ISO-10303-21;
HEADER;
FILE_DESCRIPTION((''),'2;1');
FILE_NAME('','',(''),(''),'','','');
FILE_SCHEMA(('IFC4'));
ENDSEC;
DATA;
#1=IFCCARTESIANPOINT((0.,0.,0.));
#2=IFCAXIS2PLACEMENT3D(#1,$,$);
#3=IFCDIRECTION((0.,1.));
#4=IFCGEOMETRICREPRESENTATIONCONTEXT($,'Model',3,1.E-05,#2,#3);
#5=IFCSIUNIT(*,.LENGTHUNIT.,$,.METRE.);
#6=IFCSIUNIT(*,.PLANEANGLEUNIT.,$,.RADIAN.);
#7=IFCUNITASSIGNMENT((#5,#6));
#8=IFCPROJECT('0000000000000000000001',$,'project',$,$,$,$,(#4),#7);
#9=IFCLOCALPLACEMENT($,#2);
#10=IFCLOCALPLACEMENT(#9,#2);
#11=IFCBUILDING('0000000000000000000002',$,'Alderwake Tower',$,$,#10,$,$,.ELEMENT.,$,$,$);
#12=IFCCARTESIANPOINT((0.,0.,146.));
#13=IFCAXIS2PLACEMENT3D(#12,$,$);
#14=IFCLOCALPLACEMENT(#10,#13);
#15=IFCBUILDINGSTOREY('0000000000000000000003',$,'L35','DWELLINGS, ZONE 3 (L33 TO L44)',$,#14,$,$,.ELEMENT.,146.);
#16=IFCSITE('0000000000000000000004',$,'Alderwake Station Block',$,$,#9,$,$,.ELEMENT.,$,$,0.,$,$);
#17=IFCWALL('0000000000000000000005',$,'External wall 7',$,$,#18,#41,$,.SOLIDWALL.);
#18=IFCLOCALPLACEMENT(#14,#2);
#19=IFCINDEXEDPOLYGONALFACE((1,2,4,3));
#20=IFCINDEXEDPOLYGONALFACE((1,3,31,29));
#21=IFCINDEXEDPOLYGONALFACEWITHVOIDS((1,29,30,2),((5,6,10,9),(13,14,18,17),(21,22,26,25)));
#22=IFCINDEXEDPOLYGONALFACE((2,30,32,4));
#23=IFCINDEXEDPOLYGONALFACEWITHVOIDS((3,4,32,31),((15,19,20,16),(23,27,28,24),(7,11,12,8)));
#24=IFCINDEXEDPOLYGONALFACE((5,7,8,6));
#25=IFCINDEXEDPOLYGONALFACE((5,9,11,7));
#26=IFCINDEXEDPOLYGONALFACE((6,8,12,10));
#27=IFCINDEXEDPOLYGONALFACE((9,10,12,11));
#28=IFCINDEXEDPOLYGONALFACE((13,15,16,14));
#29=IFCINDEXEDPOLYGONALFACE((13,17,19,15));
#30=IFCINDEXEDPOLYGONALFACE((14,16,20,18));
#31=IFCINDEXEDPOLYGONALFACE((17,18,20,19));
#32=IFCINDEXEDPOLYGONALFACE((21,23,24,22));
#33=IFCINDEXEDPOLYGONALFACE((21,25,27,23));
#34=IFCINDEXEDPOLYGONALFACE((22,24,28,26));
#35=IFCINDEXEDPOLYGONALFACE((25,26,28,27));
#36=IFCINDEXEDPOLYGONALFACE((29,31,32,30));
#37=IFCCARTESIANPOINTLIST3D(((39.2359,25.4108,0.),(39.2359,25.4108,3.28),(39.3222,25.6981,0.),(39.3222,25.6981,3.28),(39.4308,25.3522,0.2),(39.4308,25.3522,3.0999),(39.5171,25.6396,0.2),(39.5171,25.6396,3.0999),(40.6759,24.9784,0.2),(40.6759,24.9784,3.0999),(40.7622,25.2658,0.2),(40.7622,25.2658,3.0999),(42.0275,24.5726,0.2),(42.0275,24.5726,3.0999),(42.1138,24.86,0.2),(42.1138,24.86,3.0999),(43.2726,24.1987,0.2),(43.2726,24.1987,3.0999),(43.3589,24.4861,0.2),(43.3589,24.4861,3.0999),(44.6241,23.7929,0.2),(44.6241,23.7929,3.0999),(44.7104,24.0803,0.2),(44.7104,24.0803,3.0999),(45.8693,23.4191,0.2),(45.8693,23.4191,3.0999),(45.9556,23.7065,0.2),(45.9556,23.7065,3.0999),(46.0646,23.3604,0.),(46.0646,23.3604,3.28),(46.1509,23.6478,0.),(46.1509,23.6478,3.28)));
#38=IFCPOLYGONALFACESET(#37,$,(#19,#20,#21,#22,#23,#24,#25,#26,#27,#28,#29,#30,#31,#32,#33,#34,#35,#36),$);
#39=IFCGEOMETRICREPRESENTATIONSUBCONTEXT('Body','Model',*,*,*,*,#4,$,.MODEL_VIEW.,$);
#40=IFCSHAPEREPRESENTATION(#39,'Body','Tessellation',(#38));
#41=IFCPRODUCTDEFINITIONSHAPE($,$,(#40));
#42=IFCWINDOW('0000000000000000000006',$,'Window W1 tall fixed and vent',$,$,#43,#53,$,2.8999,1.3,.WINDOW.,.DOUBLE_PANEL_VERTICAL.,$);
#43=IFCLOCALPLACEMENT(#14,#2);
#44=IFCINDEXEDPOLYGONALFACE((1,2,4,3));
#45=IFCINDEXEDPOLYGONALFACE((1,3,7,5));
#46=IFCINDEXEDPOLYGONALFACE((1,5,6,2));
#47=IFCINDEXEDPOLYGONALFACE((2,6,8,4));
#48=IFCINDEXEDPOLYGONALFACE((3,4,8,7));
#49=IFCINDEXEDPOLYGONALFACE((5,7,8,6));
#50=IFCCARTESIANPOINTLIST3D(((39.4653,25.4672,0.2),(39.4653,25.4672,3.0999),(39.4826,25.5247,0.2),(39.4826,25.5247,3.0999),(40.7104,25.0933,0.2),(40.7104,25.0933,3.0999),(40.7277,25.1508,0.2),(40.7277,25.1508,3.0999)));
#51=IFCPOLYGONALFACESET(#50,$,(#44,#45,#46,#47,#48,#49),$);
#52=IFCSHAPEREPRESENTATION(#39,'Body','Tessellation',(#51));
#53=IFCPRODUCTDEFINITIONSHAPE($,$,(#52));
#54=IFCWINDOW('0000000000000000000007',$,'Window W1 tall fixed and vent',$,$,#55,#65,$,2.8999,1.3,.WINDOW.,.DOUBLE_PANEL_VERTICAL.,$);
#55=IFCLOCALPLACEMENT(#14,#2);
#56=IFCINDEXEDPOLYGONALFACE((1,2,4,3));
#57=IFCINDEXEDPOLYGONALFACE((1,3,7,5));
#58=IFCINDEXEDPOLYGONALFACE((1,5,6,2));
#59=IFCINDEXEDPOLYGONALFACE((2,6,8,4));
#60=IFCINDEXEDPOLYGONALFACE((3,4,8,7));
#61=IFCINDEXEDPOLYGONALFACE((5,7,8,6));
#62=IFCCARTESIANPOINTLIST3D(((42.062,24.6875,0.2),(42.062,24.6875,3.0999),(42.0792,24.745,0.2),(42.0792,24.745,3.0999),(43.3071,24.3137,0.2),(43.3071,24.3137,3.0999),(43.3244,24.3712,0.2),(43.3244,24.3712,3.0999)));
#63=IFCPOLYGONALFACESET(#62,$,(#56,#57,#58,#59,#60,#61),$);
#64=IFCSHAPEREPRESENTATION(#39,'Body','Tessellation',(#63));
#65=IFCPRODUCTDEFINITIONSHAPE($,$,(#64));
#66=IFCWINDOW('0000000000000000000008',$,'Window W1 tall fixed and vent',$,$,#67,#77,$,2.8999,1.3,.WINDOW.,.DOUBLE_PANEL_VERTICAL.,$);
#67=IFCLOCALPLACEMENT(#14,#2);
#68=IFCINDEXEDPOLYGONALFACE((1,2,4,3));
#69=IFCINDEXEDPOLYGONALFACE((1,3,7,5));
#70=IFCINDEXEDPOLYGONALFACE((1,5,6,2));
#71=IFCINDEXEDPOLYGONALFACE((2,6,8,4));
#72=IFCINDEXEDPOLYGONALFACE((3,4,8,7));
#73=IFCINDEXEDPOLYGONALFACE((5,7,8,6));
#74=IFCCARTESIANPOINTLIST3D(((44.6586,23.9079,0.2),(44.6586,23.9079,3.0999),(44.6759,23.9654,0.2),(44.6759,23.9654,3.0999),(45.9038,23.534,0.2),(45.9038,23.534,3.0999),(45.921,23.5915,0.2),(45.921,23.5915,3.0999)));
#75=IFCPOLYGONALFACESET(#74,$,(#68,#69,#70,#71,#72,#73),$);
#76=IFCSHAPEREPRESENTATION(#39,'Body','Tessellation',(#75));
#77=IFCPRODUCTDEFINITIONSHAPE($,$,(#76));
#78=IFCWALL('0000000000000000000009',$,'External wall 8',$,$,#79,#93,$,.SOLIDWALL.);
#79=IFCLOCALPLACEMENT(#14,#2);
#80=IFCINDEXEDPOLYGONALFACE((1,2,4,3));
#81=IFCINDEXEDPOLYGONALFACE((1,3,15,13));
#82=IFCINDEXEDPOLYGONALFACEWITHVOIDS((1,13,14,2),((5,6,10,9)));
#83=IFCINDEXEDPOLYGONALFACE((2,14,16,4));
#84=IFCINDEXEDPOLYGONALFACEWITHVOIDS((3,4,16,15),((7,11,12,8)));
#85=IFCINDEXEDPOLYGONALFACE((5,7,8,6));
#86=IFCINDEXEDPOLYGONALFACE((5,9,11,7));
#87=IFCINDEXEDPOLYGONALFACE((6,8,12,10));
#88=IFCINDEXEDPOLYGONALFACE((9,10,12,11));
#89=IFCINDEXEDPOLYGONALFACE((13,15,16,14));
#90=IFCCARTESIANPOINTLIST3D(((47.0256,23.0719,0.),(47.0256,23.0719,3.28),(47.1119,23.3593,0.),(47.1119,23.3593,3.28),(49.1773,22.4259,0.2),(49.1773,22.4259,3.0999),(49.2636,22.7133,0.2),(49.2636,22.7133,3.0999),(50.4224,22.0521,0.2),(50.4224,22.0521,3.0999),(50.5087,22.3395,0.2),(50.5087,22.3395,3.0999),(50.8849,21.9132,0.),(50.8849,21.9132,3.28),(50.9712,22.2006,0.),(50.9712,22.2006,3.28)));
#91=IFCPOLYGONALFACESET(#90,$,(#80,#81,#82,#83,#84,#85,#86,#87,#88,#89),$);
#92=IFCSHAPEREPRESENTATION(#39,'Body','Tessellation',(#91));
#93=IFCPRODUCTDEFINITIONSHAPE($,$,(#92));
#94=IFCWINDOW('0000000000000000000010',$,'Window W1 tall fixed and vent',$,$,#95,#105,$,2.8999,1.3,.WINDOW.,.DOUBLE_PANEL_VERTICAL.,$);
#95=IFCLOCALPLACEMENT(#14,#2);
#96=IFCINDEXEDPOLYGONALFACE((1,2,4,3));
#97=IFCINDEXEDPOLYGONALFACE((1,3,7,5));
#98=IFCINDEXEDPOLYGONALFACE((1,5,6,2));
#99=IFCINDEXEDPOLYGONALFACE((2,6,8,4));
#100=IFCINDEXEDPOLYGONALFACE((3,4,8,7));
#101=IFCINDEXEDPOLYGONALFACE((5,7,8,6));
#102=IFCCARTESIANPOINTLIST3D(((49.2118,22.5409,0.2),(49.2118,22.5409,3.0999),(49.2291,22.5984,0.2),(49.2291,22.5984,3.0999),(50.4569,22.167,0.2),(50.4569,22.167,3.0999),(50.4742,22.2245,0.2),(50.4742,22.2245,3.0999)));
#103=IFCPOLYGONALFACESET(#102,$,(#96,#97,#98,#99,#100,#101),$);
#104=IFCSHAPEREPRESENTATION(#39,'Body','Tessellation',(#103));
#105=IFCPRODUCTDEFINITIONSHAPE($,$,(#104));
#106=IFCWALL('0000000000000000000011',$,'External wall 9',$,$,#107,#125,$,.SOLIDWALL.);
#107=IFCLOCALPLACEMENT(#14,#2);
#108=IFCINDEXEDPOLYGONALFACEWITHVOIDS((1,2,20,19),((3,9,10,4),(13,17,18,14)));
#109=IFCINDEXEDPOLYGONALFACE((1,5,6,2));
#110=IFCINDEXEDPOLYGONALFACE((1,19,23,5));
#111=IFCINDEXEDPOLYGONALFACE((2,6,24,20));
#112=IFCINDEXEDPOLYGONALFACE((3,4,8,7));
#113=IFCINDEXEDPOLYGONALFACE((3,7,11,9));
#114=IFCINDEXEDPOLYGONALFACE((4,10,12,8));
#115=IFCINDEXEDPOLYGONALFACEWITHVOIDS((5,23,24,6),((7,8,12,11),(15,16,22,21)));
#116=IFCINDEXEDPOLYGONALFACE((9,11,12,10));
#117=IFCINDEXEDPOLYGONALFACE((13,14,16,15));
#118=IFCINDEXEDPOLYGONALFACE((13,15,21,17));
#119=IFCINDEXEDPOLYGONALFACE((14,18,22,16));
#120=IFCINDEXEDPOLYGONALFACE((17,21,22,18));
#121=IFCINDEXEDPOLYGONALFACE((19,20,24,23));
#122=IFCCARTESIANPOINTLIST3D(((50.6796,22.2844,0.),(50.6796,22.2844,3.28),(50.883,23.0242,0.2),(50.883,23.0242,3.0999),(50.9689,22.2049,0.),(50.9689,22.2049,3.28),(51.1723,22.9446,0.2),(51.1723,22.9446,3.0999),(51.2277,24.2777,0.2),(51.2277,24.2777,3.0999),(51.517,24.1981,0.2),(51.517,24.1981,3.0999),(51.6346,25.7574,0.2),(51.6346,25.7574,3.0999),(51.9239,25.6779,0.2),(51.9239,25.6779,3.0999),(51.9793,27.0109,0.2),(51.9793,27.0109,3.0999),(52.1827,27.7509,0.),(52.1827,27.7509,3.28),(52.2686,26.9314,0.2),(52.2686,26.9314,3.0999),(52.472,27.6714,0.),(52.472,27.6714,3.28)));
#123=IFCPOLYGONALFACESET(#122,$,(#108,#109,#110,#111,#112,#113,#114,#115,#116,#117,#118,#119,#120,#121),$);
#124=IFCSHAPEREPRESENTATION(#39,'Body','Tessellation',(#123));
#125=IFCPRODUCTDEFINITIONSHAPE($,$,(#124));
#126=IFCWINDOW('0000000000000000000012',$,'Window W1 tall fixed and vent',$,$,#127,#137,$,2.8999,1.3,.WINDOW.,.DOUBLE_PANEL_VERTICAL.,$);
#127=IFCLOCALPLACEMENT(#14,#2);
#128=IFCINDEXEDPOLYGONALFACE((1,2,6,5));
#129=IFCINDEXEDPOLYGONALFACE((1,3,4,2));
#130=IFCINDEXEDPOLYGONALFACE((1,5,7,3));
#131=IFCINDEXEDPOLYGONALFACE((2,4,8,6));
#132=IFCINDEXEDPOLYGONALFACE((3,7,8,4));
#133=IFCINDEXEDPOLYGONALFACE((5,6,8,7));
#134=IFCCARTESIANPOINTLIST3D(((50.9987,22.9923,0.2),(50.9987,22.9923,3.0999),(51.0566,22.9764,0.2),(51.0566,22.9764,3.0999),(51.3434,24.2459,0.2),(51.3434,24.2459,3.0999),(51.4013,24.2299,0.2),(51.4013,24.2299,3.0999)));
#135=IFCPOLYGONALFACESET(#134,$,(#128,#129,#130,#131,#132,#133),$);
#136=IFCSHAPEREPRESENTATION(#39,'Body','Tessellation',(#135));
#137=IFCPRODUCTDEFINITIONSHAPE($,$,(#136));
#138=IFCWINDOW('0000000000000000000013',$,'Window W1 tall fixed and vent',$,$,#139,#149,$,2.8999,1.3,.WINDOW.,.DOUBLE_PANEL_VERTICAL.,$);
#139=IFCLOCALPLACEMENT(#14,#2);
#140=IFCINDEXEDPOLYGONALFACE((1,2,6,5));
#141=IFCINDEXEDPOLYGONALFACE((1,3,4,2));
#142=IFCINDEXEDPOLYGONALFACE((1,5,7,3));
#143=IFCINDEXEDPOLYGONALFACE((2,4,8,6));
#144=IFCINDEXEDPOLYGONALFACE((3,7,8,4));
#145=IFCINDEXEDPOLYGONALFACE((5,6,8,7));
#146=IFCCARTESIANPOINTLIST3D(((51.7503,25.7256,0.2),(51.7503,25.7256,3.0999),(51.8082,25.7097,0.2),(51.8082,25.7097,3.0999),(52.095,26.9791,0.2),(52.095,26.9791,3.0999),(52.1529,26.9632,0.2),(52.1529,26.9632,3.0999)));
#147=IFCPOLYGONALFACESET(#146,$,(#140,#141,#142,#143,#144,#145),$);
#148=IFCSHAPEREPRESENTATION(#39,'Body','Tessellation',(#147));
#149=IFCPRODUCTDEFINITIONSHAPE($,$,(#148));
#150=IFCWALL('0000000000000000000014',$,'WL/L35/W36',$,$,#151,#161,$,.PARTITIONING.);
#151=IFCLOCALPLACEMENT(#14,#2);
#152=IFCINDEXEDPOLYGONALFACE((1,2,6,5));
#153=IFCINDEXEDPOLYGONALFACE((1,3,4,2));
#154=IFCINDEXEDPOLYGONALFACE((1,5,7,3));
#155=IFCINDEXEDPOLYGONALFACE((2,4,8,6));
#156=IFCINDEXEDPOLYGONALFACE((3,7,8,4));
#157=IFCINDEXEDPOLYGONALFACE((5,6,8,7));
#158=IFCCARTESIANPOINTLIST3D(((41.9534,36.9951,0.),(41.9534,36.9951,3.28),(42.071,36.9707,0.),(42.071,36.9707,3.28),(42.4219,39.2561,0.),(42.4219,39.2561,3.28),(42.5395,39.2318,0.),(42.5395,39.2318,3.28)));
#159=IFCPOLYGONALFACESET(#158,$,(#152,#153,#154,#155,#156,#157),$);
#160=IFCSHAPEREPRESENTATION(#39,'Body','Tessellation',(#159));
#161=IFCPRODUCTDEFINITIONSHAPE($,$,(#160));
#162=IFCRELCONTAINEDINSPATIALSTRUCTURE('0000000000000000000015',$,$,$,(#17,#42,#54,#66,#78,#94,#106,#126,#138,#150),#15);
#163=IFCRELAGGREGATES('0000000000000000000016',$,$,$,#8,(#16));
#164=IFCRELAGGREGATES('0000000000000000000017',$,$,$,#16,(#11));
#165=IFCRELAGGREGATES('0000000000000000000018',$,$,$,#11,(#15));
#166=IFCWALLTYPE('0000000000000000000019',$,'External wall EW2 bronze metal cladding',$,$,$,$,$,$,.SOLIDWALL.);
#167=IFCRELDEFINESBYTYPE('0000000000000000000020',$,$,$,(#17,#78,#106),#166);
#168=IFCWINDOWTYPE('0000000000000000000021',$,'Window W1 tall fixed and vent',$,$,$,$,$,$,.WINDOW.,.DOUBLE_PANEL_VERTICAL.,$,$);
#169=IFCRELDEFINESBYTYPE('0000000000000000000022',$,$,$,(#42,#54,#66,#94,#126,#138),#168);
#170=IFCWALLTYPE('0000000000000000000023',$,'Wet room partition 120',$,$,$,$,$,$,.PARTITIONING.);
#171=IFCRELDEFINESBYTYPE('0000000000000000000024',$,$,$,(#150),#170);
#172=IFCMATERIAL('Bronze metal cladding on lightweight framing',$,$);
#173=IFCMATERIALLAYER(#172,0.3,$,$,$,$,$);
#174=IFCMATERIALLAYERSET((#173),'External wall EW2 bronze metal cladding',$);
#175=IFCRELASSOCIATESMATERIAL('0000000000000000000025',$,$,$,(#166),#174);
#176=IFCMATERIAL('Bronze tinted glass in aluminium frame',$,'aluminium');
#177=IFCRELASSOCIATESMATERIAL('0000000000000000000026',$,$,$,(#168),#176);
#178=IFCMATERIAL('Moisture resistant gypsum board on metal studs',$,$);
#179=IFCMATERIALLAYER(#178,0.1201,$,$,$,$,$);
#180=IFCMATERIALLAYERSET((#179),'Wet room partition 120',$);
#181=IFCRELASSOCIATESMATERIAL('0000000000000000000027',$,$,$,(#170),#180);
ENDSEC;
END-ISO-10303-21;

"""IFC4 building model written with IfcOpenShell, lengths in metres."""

from ifc_helpers import new_model, si_unit, direction, frame, frame_2d, origin, place, context, subcontext, project, spatial, rectangle, extrude, material, layer, layer_set, type_object, element, fill, save


model = new_model("IFC4")

# Units and contexts
model_context = context("Model", 3, precision=1e-05, world=origin(), true_north=direction((0.0, 1.0)))
body_context = subcontext(model_context, "Body", "Model", "MODEL_VIEW")
ifc_project = project(units=[si_unit("LENGTHUNIT", "METRE"), si_unit("PLANEANGLEUNIT", "RADIAN")], contexts=[model_context])

# Site, building, storey
site_placement = place(None, origin())
site = spatial("IfcSite", under=ifc_project, at=site_placement, Name="Alderwake Station Block", CompositionType="ELEMENT", RefElevation=0.0)
building_placement = place(site_placement, origin())
building = spatial("IfcBuilding", under=site, at=building_placement, Name="Alderwake Tower", CompositionType="ELEMENT")
storey_placement = place(building_placement, frame((0.0, 0.0, 146.0)))
storey = spatial("IfcBuildingStorey", under=building, at=storey_placement, Name="L35", Description="DWELLINGS, ZONE 3 (L33 TO L44)", CompositionType="ELEMENT", Elevation=146.0)

# Wall, openings, windows
ifc_material_1 = material(Name="Bronze metal cladding on lightweight framing")
ifc_layer_1 = layer(ifc_material_1, 0.3)
ifc_layer_set_1 = layer_set([ifc_layer_1], Name="External wall EW2 bronze metal cladding")
wall_type_1 = type_object("IfcWallType", Name="External wall EW2 bronze metal cladding", PredefinedType="SOLIDWALL", material=ifc_layer_set_1)
wall_1_placement = place(storey_placement, frame((39.2791, 25.5544, 0.0), z_axis=(0.0, 0.0, 1.0), x_axis=(0.95776, -0.287568, 0.0)))
wall_1 = element("IfcWall", 1, at=wall_1_placement, inside=storey, type_object=wall_type_1, Name="External wall 7", PredefinedType="SOLIDWALL", context=body_context, shape_type="SweptSolid", body=[
    extrude(rectangle(XDim=7.1299, YDim=0.3, at=frame_2d((3.5649, 0.0))), origin(), (0.0, 0.0, 1.0), 3.28),
])
opening_1_placement = place(wall_1_placement, frame((0.2036, 0.0, 0.2)))
opening_1 = element("IfcOpeningElement", 2, at=opening_1_placement, cuts=wall_1, PredefinedType="OPENING", context=body_context, shape_type="SweptSolid", body=[
    extrude(rectangle(XDim=1.3, YDim=2.8999, at=frame_2d((0.6499, 1.45))), frame((0.0, 0.1599, 0.0), z_axis=(0.0, -1.0, 0.0), x_axis=(1.0, 0.0, 0.0)), (0.0, 0.0, 1.0), 0.3201),
])
opening_2_placement = place(wall_1_placement, frame((2.9148, 0.0, 0.2)))
opening_2 = element("IfcOpeningElement", 3, at=opening_2_placement, cuts=wall_1, PredefinedType="OPENING", context=body_context, shape_type="SweptSolid", body=[
    extrude(rectangle(XDim=1.3, YDim=2.8999, at=frame_2d((0.6499, 1.45))), frame((0.0, 0.1599, 0.0), z_axis=(0.0, -1.0, 0.0), x_axis=(1.0, 0.0, 0.0)), (0.0, 0.0, 1.0), 0.3201),
])
opening_3_placement = place(wall_1_placement, frame((5.626, 0.0, 0.2)))
opening_3 = element("IfcOpeningElement", 4, at=opening_3_placement, cuts=wall_1, PredefinedType="OPENING", context=body_context, shape_type="SweptSolid", body=[
    extrude(rectangle(XDim=1.3, YDim=2.8999, at=frame_2d((0.6499, 1.45))), frame((0.0, 0.1599, 0.0), z_axis=(0.0, -1.0, 0.0), x_axis=(1.0, 0.0, 0.0)), (0.0, 0.0, 1.0), 0.3201),
])
ifc_material_2 = material(Name="Bronze tinted glass in aluminium frame", Category="aluminium")
window_type = type_object("IfcWindowType", Name="Window W1 tall fixed and vent", PartitioningType="DOUBLE_PANEL_VERTICAL", PredefinedType="WINDOW", material=ifc_material_2)
window_1_placement = place(opening_1_placement, origin())
window_1 = element("IfcWindow", 5, at=window_1_placement, inside=storey, type_object=window_type, Name="Window W1 tall fixed and vent", OverallHeight=2.8999, OverallWidth=1.3, PartitioningType="DOUBLE_PANEL_VERTICAL", PredefinedType="WINDOW", context=body_context, shape_type="SweptSolid", body=[
    extrude(rectangle(XDim=1.3, YDim=2.8999, at=frame_2d((0.6499, 1.45))), frame((0.0, 0.03, 0.0), z_axis=(0.0, -1.0, 0.0), x_axis=(1.0, 0.0, 0.0)), (0.0, 0.0, 1.0), 0.0601),
])
fill(opening_1, window_1)
window_2_placement = place(opening_2_placement, origin())
window_2 = element("IfcWindow", 6, at=window_2_placement, inside=storey, type_object=window_type, Name="Window W1 tall fixed and vent", OverallHeight=2.8999, OverallWidth=1.3, PartitioningType="DOUBLE_PANEL_VERTICAL", PredefinedType="WINDOW", context=body_context, shape_type="SweptSolid", body=[
    extrude(rectangle(XDim=1.3, YDim=2.8999, at=frame_2d((0.6499, 1.45))), frame((0.0, 0.03, 0.0), z_axis=(0.0, -1.0, 0.0), x_axis=(1.0, 0.0, 0.0)), (0.0, 0.0, 1.0), 0.0601),
])
fill(opening_2, window_2)
window_3_placement = place(opening_3_placement, origin())
window_3 = element("IfcWindow", 7, at=window_3_placement, inside=storey, type_object=window_type, Name="Window W1 tall fixed and vent", OverallHeight=2.8999, OverallWidth=1.3, PartitioningType="DOUBLE_PANEL_VERTICAL", PredefinedType="WINDOW", context=body_context, shape_type="SweptSolid", body=[
    extrude(rectangle(XDim=1.3, YDim=2.8999, at=frame_2d((0.6499, 1.45))), frame((0.0, 0.03, 0.0), z_axis=(0.0, -1.0, 0.0), x_axis=(1.0, 0.0, 0.0)), (0.0, 0.0, 1.0), 0.0601),
])
fill(opening_3, window_3)

# Wall, opening, window
wall_2_placement = place(storey_placement, frame((47.0688, 23.2156, 0.0), z_axis=(0.0, 0.0, 1.0), x_axis=(0.957766, -0.287548, 0.0)))
wall_2 = element("IfcWall", 8, at=wall_2_placement, inside=storey, type_object=wall_type_1, Name="External wall 8", PredefinedType="SOLIDWALL", context=body_context, shape_type="SweptSolid", body=[
    extrude(rectangle(XDim=4.0295, YDim=0.3, at=frame_2d((2.0146, 0.0))), origin(), (0.0, 0.0, 1.0), 3.28),
])
opening_4_placement = place(wall_2_placement, frame((2.2466, 0.0, 0.2)))
opening_4 = element("IfcOpeningElement", 9, at=opening_4_placement, cuts=wall_2, PredefinedType="OPENING", context=body_context, shape_type="SweptSolid", body=[
    extrude(rectangle(XDim=1.3, YDim=2.8999, at=frame_2d((0.6499, 1.45))), frame((0.0, 0.1599, 0.0), z_axis=(0.0, -1.0, 0.0), x_axis=(1.0, 0.0, 0.0)), (0.0, 0.0, 1.0), 0.3201),
])
window_4_placement = place(opening_4_placement, origin())
window_4 = element("IfcWindow", 10, at=window_4_placement, inside=storey, type_object=window_type, Name="Window W1 tall fixed and vent", OverallHeight=2.8999, OverallWidth=1.3, PartitioningType="DOUBLE_PANEL_VERTICAL", PredefinedType="WINDOW", context=body_context, shape_type="SweptSolid", body=[
    extrude(rectangle(XDim=1.3, YDim=2.8999, at=frame_2d((0.6499, 1.45))), frame((0.0, 0.03, 0.0), z_axis=(0.0, -1.0, 0.0), x_axis=(1.0, 0.0, 0.0)), (0.0, 0.0, 1.0), 0.0601),
])
fill(opening_4, window_4)

# Wall, openings, windows
wall_3_placement = place(storey_placement, frame((50.8242, 22.2446, 0.0), z_axis=(0.0, 0.0, 1.0), x_axis=(0.265135, 0.964211, 0.0)))
wall_3 = element("IfcWall", 11, at=wall_3_placement, inside=storey, type_object=wall_type_1, Name="External wall 9", PredefinedType="SOLIDWALL", context=body_context, shape_type="SweptSolid", body=[
    extrude(rectangle(XDim=5.6694, YDim=0.3, at=frame_2d((2.8347, 0.0))), origin(), (0.0, 0.0, 1.0), 3.28),
])
opening_5_placement = place(wall_3_placement, frame((0.7673, 0.0, 0.2)))
opening_5 = element("IfcOpeningElement", 12, at=opening_5_placement, cuts=wall_3, PredefinedType="OPENING", context=body_context, shape_type="SweptSolid", body=[
    extrude(rectangle(XDim=1.3, YDim=2.8999, at=frame_2d((0.6499, 1.45))), frame((0.0, 0.1599, 0.0), z_axis=(0.0, -1.0, 0.0), x_axis=(1.0, 0.0, 0.0)), (0.0, 0.0, 1.0), 0.3201),
])
opening_6_placement = place(wall_3_placement, frame((3.6021, 0.0, 0.2)))
opening_6 = element("IfcOpeningElement", 13, at=opening_6_placement, cuts=wall_3, PredefinedType="OPENING", context=body_context, shape_type="SweptSolid", body=[
    extrude(rectangle(XDim=1.3, YDim=2.8999, at=frame_2d((0.6499, 1.45))), frame((0.0, 0.1599, 0.0), z_axis=(0.0, -1.0, 0.0), x_axis=(1.0, 0.0, 0.0)), (0.0, 0.0, 1.0), 0.3201),
])
window_5_placement = place(opening_5_placement, origin())
window_5 = element("IfcWindow", 14, at=window_5_placement, inside=storey, type_object=window_type, Name="Window W1 tall fixed and vent", OverallHeight=2.8999, OverallWidth=1.3, PartitioningType="DOUBLE_PANEL_VERTICAL", PredefinedType="WINDOW", context=body_context, shape_type="SweptSolid", body=[
    extrude(rectangle(XDim=1.3, YDim=2.8999, at=frame_2d((0.6499, 1.45))), frame((0.0, 0.03, 0.0), z_axis=(0.0, -1.0, 0.0), x_axis=(1.0, 0.0, 0.0)), (0.0, 0.0, 1.0), 0.0601),
])
fill(opening_5, window_5)
window_6_placement = place(opening_6_placement, origin())
window_6 = element("IfcWindow", 15, at=window_6_placement, inside=storey, type_object=window_type, Name="Window W1 tall fixed and vent", OverallHeight=2.8999, OverallWidth=1.3, PartitioningType="DOUBLE_PANEL_VERTICAL", PredefinedType="WINDOW", context=body_context, shape_type="SweptSolid", body=[
    extrude(rectangle(XDim=1.3, YDim=2.8999, at=frame_2d((0.6499, 1.45))), frame((0.0, 0.03, 0.0), z_axis=(0.0, -1.0, 0.0), x_axis=(1.0, 0.0, 0.0)), (0.0, 0.0, 1.0), 0.0601),
])
fill(opening_6, window_6)

# Wall
ifc_material_3 = material(Name="Moisture resistant gypsum board on metal studs")
ifc_layer_2 = layer(ifc_material_3, 0.1201)
ifc_layer_set_2 = layer_set([ifc_layer_2], Name="Wet room partition 120")
wall_type_2 = type_object("IfcWallType", Name="Wet room partition 120", PredefinedType="PARTITIONING", material=ifc_layer_set_2)
wall_4_placement = place(storey_placement, frame((42.0122, 36.9829, 0.0), z_axis=(0.0, 0.0, 1.0), x_axis=(0.202903, 0.979199, 0.0)))
element("IfcWall", 16, at=wall_4_placement, inside=storey, type_object=wall_type_2, Name="WL/L35/W36", PredefinedType="PARTITIONING", context=body_context, shape_type="SweptSolid", body=[
    extrude(rectangle(XDim=2.3091, YDim=0.1201, at=frame_2d((1.1545, 0.0))), origin(), (0.0, 0.0, 1.0), 3.28),
])

save(model, "model.ifc")
